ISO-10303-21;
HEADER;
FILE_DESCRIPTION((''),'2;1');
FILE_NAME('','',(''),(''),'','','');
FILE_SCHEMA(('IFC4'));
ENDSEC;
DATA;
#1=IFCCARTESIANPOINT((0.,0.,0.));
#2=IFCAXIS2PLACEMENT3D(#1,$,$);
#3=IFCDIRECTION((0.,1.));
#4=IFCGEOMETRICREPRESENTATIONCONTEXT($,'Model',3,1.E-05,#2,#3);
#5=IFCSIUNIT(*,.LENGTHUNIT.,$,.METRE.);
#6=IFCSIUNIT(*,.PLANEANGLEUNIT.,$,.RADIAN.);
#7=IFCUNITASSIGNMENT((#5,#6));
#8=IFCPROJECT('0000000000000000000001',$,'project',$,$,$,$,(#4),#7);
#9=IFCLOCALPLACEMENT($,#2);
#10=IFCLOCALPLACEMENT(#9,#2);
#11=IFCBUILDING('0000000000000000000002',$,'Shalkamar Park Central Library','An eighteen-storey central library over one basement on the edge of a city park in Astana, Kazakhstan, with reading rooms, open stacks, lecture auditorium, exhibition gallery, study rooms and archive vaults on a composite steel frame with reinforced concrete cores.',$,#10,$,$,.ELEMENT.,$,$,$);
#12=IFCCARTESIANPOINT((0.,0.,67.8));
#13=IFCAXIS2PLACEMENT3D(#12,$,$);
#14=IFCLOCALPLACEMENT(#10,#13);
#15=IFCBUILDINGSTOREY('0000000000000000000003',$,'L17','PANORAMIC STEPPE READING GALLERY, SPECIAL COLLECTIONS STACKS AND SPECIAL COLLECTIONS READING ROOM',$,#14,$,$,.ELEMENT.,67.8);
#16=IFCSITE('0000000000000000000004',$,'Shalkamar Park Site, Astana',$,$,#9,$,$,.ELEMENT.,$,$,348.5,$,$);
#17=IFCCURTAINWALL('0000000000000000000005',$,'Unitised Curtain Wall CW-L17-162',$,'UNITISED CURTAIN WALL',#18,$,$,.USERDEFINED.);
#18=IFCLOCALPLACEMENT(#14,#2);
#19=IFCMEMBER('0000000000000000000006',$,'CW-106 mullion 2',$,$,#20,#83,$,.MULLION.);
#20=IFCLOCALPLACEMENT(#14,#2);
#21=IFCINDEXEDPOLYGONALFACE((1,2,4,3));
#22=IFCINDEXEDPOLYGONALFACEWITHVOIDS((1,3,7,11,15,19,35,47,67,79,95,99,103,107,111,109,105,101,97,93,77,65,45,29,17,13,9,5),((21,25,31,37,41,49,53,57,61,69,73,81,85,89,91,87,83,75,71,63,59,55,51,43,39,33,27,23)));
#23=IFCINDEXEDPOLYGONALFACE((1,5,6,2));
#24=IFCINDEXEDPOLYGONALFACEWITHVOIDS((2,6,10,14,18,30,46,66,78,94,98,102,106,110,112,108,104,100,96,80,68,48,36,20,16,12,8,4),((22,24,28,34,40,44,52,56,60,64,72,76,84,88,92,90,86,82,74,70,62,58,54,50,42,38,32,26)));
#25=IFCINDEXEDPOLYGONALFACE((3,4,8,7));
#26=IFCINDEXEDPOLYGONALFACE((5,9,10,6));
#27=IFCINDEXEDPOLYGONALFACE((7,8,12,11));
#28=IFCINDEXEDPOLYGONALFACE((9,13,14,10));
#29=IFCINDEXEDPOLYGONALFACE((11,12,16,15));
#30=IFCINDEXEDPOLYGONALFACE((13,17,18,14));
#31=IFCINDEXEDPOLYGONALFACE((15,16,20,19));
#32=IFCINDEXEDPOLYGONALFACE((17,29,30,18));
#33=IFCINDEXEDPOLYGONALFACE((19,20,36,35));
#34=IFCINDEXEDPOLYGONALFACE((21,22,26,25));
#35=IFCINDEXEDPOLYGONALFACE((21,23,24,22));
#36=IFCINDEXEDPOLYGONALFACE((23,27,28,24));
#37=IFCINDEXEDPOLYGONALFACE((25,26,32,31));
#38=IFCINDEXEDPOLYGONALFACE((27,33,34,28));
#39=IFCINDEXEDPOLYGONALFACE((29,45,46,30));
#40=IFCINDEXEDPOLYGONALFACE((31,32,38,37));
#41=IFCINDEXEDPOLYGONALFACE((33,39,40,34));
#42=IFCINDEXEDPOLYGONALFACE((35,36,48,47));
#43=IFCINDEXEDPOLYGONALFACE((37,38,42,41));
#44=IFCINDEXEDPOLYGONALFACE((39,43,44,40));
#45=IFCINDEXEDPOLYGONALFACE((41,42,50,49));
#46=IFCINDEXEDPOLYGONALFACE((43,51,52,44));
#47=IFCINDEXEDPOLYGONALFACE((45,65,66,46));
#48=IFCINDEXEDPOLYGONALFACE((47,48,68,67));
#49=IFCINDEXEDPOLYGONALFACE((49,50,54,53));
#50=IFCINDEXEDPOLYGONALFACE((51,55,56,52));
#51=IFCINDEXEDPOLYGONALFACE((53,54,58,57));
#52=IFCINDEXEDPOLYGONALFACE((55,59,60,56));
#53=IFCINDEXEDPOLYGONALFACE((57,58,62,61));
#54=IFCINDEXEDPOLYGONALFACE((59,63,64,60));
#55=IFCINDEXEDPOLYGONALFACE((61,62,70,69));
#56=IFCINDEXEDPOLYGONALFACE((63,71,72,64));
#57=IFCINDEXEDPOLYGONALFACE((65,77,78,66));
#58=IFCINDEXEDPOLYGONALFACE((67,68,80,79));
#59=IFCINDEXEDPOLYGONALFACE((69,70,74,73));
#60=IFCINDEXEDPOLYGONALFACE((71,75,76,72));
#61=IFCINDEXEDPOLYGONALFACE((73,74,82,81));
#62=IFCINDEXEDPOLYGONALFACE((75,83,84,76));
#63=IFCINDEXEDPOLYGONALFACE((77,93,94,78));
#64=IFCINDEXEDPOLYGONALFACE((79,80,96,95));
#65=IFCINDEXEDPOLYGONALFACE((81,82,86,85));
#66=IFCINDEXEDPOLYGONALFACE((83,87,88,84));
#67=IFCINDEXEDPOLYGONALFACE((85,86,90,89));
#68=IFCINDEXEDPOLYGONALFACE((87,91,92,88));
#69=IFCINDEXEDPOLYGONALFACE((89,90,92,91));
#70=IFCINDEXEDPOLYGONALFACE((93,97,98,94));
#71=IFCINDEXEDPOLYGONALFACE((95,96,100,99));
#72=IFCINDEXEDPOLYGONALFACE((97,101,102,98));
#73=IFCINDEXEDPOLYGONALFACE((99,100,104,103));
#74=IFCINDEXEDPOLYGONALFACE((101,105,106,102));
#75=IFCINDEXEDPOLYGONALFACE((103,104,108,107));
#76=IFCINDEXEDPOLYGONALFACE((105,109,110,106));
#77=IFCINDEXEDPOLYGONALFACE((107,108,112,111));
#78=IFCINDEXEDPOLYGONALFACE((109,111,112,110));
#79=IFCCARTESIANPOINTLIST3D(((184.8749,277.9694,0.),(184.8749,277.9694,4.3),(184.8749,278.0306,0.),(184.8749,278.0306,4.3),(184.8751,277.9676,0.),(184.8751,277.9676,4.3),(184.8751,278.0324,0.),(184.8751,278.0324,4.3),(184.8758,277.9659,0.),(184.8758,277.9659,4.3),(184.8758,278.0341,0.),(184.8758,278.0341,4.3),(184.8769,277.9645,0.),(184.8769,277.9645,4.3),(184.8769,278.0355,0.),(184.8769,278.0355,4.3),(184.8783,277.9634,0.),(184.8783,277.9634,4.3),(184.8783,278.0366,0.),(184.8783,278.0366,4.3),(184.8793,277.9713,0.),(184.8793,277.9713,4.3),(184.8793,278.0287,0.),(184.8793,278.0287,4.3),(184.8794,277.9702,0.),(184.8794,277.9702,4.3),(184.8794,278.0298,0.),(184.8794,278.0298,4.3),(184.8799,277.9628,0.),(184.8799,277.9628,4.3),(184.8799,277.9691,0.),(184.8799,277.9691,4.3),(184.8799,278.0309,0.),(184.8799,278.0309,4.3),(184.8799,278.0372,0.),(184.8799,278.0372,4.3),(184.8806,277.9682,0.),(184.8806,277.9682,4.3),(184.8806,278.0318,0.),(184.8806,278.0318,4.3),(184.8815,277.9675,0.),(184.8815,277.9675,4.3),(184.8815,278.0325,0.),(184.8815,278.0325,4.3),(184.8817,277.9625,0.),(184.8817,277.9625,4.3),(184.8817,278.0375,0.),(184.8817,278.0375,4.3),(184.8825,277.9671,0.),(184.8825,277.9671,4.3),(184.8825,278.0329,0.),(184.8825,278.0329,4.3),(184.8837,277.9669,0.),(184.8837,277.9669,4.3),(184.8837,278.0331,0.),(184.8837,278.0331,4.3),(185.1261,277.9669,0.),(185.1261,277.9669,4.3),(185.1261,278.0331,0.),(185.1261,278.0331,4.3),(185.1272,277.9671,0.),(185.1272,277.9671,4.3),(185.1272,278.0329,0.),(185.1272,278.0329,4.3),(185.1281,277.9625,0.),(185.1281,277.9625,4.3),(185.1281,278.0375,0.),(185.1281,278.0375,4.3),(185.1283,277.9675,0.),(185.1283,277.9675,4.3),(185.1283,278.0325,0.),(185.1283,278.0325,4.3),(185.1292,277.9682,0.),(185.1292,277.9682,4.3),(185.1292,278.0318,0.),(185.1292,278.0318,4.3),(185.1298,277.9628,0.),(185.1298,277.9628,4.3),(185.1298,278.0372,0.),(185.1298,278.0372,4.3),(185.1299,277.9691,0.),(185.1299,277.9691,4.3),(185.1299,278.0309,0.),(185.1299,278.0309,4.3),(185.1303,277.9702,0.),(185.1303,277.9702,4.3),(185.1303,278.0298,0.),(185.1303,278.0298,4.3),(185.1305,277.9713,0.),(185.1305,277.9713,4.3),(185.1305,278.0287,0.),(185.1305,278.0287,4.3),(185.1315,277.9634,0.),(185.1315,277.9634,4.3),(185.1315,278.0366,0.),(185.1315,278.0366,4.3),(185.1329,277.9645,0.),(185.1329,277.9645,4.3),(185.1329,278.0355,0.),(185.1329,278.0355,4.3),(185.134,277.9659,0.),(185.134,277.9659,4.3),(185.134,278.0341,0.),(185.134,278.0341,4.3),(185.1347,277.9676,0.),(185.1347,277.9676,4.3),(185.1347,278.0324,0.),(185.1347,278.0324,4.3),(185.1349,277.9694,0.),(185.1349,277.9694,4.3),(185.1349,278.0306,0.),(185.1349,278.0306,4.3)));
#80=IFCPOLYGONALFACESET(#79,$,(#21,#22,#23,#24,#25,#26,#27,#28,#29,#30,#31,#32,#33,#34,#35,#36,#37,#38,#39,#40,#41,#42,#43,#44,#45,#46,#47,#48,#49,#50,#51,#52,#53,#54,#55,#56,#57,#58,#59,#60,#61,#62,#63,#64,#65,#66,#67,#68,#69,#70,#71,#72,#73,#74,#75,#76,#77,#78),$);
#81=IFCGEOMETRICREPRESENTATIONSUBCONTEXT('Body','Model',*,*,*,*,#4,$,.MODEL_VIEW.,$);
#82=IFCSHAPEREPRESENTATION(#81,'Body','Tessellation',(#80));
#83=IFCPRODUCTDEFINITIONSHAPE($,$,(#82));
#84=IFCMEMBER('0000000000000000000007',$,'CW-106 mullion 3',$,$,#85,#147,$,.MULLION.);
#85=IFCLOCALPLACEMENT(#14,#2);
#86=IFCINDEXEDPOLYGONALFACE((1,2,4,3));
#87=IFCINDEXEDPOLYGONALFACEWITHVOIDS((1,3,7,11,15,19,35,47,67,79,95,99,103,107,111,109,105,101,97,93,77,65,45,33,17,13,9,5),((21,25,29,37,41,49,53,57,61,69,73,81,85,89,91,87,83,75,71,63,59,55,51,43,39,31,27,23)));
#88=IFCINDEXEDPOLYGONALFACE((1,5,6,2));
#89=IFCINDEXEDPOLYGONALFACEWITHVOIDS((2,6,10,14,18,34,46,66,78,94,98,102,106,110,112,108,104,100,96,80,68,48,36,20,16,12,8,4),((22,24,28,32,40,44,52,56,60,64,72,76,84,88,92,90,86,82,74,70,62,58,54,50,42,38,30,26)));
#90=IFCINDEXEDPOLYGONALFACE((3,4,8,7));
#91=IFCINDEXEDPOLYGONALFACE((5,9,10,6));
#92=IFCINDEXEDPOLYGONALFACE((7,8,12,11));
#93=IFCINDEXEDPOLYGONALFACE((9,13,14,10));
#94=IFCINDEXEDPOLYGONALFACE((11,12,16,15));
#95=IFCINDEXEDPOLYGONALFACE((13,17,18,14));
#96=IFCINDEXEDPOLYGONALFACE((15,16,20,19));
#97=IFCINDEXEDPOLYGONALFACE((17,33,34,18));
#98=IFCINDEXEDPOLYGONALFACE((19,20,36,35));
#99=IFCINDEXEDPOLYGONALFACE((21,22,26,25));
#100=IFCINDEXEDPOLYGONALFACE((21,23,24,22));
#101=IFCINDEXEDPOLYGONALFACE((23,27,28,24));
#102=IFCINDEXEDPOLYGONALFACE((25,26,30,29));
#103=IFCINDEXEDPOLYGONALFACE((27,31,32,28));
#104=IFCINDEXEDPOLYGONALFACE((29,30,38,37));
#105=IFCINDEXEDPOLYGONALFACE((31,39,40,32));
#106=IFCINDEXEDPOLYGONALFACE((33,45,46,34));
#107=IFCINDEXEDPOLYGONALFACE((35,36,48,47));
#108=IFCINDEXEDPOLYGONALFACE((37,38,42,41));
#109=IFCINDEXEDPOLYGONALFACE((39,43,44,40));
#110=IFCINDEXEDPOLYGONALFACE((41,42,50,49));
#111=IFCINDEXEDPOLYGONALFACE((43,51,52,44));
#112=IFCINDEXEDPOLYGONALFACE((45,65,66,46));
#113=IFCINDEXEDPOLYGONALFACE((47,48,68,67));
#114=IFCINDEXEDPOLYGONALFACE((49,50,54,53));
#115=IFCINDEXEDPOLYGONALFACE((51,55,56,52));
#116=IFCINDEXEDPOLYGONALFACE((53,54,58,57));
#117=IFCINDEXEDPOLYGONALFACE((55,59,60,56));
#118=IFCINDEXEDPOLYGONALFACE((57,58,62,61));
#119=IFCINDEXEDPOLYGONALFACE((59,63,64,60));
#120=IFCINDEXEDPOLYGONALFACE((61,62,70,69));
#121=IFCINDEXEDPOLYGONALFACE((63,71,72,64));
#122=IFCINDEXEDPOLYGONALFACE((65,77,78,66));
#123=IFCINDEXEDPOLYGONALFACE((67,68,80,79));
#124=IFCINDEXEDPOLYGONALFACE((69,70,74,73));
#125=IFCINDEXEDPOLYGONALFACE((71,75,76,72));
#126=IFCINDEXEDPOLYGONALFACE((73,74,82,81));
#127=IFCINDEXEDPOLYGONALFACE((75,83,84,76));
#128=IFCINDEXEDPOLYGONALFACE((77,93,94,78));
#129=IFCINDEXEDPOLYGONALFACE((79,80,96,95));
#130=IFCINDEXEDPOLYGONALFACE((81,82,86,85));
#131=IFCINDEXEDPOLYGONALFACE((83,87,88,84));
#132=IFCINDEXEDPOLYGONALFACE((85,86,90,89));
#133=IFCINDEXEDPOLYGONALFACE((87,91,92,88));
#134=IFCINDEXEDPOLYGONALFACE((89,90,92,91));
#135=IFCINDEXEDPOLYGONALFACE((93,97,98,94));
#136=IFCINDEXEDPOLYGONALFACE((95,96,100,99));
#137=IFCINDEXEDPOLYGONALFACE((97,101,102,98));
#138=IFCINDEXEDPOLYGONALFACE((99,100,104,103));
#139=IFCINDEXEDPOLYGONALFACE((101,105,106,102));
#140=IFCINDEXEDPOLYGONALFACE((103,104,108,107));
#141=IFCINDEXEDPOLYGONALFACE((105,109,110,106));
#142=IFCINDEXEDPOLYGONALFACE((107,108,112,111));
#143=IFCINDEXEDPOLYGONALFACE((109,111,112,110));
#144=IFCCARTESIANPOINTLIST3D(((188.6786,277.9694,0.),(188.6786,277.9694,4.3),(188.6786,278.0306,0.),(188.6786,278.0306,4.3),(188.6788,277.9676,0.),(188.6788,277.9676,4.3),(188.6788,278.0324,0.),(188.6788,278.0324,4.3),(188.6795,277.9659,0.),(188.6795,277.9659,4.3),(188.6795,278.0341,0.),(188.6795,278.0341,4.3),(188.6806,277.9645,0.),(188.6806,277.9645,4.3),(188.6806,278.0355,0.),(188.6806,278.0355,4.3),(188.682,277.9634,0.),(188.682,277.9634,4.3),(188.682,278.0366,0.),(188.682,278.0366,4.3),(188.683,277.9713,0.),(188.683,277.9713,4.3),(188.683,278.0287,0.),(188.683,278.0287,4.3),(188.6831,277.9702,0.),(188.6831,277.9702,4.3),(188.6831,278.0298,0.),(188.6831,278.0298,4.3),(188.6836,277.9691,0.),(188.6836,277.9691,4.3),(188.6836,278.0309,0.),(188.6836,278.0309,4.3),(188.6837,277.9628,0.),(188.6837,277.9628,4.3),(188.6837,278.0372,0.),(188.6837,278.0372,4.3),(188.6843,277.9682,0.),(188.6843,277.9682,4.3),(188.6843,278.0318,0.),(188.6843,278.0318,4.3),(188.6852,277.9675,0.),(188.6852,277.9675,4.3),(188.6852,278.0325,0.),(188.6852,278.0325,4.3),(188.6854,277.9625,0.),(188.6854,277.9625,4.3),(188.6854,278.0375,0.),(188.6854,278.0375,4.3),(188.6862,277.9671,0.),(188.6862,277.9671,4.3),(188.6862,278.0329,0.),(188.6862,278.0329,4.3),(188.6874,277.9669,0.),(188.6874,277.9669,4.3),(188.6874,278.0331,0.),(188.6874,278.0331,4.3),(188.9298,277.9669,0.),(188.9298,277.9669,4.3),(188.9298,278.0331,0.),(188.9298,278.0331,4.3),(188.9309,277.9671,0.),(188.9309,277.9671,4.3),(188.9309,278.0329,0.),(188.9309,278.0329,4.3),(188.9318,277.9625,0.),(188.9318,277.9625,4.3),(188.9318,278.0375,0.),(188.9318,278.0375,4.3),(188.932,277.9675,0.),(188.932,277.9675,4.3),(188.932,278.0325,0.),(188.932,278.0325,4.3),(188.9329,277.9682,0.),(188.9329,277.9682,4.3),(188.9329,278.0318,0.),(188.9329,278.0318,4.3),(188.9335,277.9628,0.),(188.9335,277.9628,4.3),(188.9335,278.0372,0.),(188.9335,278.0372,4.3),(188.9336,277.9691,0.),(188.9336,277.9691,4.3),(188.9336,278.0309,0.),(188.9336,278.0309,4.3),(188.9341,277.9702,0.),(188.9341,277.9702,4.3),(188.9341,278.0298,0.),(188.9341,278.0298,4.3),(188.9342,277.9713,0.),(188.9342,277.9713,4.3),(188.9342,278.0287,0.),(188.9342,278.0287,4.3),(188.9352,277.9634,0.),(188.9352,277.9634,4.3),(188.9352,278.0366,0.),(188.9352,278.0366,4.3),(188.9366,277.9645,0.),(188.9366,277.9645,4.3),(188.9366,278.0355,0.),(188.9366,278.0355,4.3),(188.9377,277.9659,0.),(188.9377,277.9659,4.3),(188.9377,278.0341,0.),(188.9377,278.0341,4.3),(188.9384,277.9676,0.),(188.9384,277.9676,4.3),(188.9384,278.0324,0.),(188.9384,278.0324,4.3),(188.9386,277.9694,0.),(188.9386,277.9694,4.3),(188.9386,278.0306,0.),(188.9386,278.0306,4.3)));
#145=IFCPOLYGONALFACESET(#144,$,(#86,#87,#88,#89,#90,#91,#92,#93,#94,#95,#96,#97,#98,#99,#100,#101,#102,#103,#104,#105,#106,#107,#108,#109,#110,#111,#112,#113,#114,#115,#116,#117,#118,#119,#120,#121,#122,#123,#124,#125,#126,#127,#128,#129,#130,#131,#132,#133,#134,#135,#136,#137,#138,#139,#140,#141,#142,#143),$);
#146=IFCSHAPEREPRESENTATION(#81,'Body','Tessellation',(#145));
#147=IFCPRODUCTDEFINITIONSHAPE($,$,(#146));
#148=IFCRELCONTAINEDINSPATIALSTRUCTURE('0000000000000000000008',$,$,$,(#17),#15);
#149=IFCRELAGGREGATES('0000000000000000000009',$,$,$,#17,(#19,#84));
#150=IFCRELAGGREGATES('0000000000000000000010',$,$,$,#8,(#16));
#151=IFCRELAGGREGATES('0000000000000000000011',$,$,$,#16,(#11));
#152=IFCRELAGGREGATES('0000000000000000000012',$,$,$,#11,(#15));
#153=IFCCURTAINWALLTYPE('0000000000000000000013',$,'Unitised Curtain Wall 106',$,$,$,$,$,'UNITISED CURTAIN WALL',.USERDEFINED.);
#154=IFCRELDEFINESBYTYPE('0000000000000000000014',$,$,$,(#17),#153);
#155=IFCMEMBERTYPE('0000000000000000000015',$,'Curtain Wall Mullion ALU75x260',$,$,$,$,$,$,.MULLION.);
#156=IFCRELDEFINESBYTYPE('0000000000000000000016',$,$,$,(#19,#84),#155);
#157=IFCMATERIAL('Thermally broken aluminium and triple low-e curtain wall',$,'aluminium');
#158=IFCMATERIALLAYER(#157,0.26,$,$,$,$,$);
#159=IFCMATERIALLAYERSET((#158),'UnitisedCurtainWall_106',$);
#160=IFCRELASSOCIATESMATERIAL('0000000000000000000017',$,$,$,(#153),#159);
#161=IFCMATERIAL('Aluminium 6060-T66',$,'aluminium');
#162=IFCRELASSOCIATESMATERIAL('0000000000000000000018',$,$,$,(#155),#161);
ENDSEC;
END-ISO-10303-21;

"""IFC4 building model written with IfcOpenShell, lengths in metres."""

from ifc_helpers import new_model, si_unit, direction, frame, origin, origin_2d, place, context, subcontext, project, spatial, hollow_rectangle, extrude, material, layer, layer_set, material_profile, profile_set, type_object, element, aggregate, save


model = new_model("IFC4")

# Units and contexts
model_context = context("Model", 3, precision=1e-05, world=origin(), true_north=direction((0.0, 1.0)))
body_context = subcontext(model_context, "Body", "Model", "MODEL_VIEW")
ifc_project = project(units=[si_unit("LENGTHUNIT", "METRE"), si_unit("PLANEANGLEUNIT", "RADIAN")], contexts=[model_context])

# Site, building, storey
site_placement = place(None, origin())
site = spatial("IfcSite", under=ifc_project, at=site_placement, Name="Shalkamar Park Site, Astana", CompositionType="ELEMENT", RefElevation=348.5)
building_placement = place(site_placement, origin())
building = spatial("IfcBuilding", under=site, at=building_placement, Name="Shalkamar Park Central Library", Description="An eighteen-storey central library over one basement on the edge of a city park in Astana, Kazakhstan, with reading rooms, open stacks, lecture auditorium, exhibition gallery, study rooms and archive vaults on a composite steel frame with reinforced concrete cores.", CompositionType="ELEMENT")
storey_placement = place(building_placement, frame((0.0, 0.0, 67.8)))
storey = spatial("IfcBuildingStorey", under=building, at=storey_placement, Name="L17", Description="PANORAMIC STEPPE READING GALLERY, SPECIAL COLLECTIONS STACKS AND SPECIAL COLLECTIONS READING ROOM", CompositionType="ELEMENT", Elevation=67.8)

# Curtain wall, members
ifc_material_1 = material(Name="Thermally broken aluminium and triple low-e curtain wall", Category="aluminium")
ifc_layer_1 = layer(ifc_material_1, 0.26)
ifc_layer_set_1 = layer_set([ifc_layer_1], Name="UnitisedCurtainWall_106")
curtain_wall_type = type_object("IfcCurtainWallType", Name="Unitised Curtain Wall 106", ElementType="UNITISED CURTAIN WALL", PredefinedType="USERDEFINED", material=ifc_layer_set_1)
curtain_wall_placement = place(storey_placement, origin())
curtain_wall = element("IfcCurtainWall", 1, at=curtain_wall_placement, inside=storey, type_object=curtain_wall_type, Name="Unitised Curtain Wall CW-L17-162", ObjectType="UNITISED CURTAIN WALL", PredefinedType="USERDEFINED")
ifc_material_2 = material(Name="Aluminium 6060-T66", Category="aluminium")
ifc_material_profile_1 = material_profile(ifc_material_2, hollow_rectangle(XDim=0.075, YDim=0.26, WallThickness=0.0044, InnerFilletRadius=0.0044, OuterFilletRadius=0.0068, at=origin_2d()), Name="ALU 75x260x4.5")
ifc_profile_set_1 = profile_set([ifc_material_profile_1], Name="Aluminium 6060-T66")
member_type_1 = type_object("IfcMemberType", Name="Curtain Wall Mullion ALU75x260", PredefinedType="MULLION", material=ifc_profile_set_1)
member_1_placement = place(storey_placement, frame((185.0049, 278.0, 0.0), z_axis=(0.0, 0.0, 1.0), x_axis=(0.0, 1.0, 0.0)))
member_1 = element("IfcMember", 2, at=member_1_placement, type_object=member_type_1, Name="CW-106 mullion 2", PredefinedType="MULLION", context=body_context, shape_type="SweptSolid", body=[
    extrude(hollow_rectangle(XDim=0.075, YDim=0.26, WallThickness=0.0044, InnerFilletRadius=0.0044, OuterFilletRadius=0.0068, at=origin_2d()), origin(), (0.0, 0.0, 1.0), 4.3),
])
member_2_placement = place(storey_placement, frame((188.8086, 278.0, 0.0), z_axis=(0.0, 0.0, 1.0), x_axis=(0.0, 1.0, 0.0)))
member_2 = element("IfcMember", 3, at=member_2_placement, type_object=member_type_1, Name="CW-106 mullion 3", PredefinedType="MULLION", context=body_context, shape_type="SweptSolid", body=[
    extrude(hollow_rectangle(XDim=0.075, YDim=0.26, WallThickness=0.0044, InnerFilletRadius=0.0044, OuterFilletRadius=0.0068, at=origin_2d()), origin(), (0.0, 0.0, 1.0), 4.3),
])

aggregate(curtain_wall, [member_1, member_2])

save(model, "model.ifc")
